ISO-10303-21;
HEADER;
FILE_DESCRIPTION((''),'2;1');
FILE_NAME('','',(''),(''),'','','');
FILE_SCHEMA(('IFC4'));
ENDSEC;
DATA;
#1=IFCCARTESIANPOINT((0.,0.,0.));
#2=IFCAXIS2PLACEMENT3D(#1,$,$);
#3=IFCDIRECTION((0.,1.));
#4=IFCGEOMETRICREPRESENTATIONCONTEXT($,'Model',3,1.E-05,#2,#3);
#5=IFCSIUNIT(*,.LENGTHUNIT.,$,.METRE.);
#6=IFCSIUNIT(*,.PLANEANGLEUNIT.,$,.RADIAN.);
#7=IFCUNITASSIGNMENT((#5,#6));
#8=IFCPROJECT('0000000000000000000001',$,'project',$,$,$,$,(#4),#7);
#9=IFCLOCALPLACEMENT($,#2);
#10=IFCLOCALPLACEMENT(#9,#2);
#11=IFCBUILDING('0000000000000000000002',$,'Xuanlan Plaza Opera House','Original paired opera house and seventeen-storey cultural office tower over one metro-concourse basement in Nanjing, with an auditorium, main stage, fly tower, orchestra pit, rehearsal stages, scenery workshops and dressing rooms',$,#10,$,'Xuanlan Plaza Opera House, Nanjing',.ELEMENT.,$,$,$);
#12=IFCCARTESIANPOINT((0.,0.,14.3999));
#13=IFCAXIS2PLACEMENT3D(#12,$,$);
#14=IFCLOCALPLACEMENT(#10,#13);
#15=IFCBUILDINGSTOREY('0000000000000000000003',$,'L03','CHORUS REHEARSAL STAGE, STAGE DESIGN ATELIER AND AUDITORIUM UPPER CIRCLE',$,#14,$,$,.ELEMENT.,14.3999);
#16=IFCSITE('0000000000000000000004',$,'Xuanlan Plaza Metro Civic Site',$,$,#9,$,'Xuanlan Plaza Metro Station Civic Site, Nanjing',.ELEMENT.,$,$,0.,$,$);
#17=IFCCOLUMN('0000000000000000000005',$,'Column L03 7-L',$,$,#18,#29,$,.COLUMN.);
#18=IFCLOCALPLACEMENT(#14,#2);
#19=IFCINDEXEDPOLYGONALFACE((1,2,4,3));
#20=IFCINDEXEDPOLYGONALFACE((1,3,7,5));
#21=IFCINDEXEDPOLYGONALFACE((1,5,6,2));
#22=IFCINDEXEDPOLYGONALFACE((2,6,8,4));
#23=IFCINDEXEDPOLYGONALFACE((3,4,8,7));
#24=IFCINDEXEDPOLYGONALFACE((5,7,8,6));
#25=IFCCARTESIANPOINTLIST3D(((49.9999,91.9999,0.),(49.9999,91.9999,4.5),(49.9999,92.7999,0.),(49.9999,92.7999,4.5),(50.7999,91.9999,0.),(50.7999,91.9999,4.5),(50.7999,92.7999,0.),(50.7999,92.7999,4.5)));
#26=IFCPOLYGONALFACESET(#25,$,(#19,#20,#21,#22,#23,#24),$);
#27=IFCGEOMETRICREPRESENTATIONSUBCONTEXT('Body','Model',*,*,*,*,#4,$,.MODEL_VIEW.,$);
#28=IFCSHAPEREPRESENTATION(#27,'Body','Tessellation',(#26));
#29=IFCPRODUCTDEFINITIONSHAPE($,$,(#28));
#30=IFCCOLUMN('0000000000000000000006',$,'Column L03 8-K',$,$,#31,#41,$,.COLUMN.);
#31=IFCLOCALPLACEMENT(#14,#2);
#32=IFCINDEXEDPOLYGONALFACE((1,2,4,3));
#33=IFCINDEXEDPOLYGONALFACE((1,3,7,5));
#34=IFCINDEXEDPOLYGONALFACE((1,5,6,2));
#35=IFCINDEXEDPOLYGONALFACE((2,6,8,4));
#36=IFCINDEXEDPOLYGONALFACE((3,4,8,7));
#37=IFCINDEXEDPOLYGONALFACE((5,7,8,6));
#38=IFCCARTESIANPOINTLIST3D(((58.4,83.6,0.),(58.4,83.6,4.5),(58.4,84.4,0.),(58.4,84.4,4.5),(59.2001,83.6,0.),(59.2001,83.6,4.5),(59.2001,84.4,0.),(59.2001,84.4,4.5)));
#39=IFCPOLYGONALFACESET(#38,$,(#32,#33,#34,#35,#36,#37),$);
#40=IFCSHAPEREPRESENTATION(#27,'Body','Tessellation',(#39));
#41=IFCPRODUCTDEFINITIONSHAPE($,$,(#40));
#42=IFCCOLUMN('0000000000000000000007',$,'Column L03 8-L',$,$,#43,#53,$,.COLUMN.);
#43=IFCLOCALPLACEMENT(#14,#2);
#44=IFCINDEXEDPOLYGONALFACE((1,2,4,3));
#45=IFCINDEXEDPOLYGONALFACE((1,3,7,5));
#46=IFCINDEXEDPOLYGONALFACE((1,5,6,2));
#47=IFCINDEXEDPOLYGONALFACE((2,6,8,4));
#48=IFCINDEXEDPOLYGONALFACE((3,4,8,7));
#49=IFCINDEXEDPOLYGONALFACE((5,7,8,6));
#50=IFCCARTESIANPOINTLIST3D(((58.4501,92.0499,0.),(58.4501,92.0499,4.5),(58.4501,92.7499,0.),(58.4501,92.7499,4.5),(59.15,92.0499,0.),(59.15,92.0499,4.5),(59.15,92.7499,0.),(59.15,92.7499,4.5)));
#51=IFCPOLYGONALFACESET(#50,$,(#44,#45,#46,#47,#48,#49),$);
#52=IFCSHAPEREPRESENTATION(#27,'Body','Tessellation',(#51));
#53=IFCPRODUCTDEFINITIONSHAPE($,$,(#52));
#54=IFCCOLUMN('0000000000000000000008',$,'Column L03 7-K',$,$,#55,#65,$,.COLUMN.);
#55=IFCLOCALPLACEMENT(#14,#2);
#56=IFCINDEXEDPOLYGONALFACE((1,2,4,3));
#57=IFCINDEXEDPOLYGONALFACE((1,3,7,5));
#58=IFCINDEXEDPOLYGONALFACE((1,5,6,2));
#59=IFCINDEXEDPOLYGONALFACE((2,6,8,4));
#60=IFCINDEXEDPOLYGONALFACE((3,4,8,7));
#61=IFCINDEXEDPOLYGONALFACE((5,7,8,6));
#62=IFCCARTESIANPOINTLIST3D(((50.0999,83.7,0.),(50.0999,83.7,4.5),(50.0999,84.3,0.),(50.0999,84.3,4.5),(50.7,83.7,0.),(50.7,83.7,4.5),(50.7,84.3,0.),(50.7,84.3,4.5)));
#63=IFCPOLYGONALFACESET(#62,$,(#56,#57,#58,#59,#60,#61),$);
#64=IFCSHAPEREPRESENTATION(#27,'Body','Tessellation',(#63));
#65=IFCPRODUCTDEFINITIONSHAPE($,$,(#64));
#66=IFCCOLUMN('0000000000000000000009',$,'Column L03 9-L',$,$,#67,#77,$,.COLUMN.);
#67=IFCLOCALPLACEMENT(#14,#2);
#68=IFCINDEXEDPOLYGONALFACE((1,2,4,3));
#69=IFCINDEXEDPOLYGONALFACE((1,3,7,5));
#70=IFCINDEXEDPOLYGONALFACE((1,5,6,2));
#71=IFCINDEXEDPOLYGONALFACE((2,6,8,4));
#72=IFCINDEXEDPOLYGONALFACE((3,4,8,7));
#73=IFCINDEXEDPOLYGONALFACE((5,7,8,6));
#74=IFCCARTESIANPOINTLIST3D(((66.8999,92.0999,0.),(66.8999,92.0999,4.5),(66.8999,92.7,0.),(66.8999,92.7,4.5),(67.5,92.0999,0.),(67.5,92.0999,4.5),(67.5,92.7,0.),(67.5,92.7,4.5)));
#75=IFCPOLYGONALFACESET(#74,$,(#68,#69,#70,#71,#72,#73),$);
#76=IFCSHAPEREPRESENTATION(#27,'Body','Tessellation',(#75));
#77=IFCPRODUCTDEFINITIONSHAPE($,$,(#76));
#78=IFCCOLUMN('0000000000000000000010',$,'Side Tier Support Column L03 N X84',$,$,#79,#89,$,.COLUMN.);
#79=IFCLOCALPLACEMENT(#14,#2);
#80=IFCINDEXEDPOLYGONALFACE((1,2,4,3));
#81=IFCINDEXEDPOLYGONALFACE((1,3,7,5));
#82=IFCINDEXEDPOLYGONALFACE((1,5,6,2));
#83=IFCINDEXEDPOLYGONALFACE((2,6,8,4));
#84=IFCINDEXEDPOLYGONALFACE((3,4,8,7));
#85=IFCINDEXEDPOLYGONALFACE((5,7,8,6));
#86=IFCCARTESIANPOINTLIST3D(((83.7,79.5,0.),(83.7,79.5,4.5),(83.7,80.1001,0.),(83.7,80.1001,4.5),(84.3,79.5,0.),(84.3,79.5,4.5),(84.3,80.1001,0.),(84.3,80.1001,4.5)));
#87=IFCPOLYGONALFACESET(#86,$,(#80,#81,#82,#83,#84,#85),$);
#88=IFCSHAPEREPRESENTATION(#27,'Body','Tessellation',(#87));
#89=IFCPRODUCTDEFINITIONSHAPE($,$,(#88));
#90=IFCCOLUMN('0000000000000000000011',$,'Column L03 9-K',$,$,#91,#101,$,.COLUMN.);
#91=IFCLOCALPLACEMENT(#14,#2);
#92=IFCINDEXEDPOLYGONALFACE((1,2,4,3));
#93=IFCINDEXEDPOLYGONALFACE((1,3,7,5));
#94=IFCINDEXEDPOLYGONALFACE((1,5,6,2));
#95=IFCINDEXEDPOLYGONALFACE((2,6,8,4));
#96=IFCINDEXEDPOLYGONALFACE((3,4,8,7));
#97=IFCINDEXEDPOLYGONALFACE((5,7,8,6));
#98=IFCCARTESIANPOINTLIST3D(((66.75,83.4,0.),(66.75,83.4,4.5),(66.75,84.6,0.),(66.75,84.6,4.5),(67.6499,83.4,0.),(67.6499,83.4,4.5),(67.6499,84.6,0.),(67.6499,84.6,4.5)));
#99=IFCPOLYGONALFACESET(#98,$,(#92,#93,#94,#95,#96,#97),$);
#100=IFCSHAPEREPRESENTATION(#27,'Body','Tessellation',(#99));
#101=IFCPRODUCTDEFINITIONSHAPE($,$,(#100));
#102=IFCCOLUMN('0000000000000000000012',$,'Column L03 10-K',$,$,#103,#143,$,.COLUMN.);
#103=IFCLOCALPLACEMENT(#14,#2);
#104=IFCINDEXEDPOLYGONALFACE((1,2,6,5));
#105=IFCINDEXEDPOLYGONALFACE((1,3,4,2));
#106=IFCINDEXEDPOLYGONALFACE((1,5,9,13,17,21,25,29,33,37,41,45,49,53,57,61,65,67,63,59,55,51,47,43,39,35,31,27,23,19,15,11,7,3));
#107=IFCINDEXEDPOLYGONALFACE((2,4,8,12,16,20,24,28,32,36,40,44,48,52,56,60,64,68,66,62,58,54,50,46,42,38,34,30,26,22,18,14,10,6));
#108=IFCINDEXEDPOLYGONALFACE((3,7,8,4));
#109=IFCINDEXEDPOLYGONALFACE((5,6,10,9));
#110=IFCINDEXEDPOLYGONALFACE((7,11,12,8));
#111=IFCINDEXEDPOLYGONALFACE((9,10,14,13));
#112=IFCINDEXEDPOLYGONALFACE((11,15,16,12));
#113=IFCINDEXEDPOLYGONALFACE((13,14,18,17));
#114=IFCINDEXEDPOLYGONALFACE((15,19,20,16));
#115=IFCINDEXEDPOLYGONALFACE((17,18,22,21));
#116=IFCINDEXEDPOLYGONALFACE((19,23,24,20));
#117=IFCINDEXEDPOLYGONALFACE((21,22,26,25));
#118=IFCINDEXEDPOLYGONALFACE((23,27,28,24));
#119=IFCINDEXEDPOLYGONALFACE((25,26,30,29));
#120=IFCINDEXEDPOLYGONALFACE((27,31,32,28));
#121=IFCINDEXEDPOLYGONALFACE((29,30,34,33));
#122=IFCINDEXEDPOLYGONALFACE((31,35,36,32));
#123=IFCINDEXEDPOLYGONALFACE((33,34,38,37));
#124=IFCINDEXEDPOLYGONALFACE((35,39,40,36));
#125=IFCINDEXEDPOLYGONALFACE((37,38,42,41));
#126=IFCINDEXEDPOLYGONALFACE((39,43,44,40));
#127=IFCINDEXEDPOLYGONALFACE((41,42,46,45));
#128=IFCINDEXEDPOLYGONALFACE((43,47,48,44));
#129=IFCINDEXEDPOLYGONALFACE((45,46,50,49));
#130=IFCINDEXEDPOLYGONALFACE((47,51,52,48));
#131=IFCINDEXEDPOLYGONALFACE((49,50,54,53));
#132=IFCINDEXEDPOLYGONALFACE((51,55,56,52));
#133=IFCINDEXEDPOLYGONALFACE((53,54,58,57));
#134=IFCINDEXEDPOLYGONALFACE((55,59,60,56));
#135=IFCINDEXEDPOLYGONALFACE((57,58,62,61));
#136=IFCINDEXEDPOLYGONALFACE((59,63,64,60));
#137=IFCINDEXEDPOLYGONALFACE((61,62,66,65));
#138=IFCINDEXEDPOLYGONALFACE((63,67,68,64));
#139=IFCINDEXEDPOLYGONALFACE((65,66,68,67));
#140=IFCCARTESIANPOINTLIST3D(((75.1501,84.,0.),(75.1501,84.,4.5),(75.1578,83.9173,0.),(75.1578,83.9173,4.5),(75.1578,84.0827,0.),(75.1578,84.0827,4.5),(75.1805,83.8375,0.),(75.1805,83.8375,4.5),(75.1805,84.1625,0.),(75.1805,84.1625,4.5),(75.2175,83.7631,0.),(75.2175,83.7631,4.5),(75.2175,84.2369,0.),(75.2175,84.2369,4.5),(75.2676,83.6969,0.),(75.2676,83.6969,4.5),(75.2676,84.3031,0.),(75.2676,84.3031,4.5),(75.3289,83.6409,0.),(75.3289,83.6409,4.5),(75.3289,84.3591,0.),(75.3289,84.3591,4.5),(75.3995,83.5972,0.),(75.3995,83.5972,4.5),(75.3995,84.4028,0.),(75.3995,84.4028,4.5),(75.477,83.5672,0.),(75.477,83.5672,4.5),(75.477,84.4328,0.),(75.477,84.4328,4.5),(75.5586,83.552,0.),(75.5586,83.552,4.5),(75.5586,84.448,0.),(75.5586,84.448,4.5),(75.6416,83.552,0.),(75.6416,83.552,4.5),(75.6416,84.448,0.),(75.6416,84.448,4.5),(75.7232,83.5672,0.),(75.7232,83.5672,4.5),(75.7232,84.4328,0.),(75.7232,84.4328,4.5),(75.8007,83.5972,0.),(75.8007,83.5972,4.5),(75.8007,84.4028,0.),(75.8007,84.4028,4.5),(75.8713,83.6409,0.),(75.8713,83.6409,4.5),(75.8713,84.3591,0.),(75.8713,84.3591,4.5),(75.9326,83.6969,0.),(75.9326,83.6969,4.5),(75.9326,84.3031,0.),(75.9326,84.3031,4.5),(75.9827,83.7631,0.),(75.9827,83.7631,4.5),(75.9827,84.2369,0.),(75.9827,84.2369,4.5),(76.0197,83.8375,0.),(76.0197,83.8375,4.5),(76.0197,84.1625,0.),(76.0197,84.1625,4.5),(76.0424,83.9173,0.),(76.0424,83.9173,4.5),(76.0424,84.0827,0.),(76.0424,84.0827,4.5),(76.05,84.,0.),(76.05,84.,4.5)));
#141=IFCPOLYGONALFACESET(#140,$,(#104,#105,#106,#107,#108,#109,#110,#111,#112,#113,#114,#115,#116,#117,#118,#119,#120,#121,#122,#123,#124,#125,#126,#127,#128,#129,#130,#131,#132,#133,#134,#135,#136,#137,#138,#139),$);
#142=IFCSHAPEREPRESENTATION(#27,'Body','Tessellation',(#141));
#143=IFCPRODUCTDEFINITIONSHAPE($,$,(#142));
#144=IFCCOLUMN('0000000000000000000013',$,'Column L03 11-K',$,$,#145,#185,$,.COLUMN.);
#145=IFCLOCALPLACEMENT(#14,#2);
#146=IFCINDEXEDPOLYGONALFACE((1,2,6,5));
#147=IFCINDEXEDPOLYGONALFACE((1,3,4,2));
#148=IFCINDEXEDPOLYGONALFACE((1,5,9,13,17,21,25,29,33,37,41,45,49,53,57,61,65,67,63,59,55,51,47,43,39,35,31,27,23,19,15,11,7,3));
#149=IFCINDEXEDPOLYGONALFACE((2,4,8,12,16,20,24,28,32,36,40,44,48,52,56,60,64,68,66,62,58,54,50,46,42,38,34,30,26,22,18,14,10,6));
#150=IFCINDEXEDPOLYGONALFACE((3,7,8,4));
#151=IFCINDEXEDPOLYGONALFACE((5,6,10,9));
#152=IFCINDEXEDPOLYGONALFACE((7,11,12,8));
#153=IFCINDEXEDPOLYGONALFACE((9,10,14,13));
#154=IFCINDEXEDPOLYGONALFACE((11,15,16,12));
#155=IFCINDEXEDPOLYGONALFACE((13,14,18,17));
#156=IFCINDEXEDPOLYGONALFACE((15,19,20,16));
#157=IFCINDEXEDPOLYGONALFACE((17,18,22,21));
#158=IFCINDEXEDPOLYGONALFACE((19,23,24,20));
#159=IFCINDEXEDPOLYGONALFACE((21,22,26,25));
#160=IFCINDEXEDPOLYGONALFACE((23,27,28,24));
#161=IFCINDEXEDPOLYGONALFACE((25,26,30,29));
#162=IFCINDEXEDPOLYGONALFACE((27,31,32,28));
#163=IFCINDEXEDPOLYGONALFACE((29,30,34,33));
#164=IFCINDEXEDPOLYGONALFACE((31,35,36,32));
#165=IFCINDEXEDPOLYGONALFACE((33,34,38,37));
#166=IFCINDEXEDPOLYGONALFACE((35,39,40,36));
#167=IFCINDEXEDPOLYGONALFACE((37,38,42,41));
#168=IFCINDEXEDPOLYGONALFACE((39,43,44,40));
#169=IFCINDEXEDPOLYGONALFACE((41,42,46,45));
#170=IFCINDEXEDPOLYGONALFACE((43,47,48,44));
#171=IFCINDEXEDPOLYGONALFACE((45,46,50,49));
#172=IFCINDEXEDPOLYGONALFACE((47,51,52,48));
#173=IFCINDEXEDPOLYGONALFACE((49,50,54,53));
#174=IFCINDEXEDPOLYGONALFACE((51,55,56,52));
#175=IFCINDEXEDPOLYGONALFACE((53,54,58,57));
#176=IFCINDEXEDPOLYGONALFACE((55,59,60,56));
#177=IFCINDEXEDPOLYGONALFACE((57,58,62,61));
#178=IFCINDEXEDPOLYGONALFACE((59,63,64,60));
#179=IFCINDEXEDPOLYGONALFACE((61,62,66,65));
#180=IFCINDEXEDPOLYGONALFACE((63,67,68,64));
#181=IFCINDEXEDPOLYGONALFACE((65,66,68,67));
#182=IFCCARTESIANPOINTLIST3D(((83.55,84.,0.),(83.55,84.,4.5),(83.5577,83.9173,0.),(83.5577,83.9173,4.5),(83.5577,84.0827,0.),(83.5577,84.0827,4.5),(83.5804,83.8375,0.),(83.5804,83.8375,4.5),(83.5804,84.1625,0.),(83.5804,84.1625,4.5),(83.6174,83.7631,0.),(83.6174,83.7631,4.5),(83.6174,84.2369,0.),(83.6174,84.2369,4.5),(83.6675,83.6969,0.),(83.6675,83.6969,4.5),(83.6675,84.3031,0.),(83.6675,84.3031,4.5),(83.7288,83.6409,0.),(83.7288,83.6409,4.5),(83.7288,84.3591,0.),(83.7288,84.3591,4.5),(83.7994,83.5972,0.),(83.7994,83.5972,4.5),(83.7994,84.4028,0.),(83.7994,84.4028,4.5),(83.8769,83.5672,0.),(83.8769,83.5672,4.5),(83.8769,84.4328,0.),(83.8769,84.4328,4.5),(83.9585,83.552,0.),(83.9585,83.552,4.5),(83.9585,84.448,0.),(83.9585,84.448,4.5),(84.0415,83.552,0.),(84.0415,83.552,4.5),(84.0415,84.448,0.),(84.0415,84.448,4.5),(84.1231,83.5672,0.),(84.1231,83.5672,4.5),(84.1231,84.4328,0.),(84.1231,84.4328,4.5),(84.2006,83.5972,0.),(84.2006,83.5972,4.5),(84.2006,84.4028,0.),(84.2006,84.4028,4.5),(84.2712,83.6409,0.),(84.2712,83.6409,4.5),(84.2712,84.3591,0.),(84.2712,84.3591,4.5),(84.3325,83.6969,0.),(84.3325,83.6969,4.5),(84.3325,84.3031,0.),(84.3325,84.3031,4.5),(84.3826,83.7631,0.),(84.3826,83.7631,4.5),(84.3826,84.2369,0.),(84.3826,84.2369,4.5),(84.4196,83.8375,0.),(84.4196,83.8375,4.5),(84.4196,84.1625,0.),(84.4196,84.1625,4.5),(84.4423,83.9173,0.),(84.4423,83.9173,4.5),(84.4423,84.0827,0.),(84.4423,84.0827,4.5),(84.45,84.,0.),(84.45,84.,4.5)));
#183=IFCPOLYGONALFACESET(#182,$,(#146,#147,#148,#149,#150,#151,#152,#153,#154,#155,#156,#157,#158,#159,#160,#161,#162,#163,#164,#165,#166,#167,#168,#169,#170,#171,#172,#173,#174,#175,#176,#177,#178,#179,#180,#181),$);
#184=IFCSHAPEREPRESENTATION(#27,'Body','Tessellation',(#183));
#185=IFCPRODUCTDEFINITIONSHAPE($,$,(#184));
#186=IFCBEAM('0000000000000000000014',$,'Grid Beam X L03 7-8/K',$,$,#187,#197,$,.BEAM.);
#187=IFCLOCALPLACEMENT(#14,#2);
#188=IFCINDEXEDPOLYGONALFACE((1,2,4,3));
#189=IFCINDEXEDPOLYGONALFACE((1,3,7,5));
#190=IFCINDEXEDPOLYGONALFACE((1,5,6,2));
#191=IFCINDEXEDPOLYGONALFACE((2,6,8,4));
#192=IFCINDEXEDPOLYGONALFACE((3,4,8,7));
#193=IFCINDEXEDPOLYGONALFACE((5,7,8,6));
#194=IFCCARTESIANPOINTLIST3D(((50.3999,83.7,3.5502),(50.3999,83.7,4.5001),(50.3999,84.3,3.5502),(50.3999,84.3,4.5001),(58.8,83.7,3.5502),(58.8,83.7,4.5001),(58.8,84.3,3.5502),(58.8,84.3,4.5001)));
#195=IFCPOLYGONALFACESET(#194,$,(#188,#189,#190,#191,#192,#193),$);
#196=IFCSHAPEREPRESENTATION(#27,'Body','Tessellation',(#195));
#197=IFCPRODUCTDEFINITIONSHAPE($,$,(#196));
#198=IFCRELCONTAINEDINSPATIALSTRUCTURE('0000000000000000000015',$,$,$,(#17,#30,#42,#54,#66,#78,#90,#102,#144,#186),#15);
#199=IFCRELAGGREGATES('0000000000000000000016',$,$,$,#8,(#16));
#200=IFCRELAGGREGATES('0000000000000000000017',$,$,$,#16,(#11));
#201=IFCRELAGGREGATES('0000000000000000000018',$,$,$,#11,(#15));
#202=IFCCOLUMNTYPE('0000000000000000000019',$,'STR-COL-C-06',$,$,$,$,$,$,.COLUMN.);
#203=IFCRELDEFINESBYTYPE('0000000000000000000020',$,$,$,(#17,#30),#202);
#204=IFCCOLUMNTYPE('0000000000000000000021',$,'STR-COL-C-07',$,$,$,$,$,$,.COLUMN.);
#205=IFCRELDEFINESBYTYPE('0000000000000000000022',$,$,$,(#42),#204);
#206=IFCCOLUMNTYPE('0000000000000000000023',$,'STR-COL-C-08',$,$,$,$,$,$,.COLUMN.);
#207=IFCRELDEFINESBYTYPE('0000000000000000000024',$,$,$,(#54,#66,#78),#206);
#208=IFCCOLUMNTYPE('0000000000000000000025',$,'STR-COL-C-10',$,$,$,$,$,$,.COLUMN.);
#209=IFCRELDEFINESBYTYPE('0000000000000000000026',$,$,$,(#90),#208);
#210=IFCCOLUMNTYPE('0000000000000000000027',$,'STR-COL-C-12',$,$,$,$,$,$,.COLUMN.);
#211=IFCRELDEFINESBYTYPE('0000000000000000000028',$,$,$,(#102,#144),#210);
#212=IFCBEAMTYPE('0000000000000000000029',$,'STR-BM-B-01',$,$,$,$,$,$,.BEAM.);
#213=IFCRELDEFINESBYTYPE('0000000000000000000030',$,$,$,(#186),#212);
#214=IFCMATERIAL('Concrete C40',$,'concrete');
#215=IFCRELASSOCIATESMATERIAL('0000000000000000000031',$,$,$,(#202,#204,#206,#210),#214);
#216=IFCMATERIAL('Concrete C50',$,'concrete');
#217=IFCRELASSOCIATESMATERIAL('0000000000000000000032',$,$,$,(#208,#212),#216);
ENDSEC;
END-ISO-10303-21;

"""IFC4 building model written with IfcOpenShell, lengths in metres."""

from ifc_helpers import new_model, si_unit, direction, frame, origin, origin_2d, place, context, subcontext, project, spatial, rectangle, circle, extrude, material, material_profile, profile_set, type_object, element, save


model = new_model("IFC4")

# Units and contexts
model_context = context("Model", 3, precision=1e-05, world=origin(), true_north=direction((0.0, 1.0)))
body_context = subcontext(model_context, "Body", "Model", "MODEL_VIEW")
ifc_project = project(units=[si_unit("LENGTHUNIT", "METRE"), si_unit("PLANEANGLEUNIT", "RADIAN")], contexts=[model_context])

# Site, building, storey
site_placement = place(None, origin())
site = spatial("IfcSite", under=ifc_project, at=site_placement, Name="Xuanlan Plaza Metro Civic Site", LongName="Xuanlan Plaza Metro Station Civic Site, Nanjing", CompositionType="ELEMENT", RefElevation=0.0)
building_placement = place(site_placement, origin())
building = spatial("IfcBuilding", under=site, at=building_placement, Name="Xuanlan Plaza Opera House", Description="Original paired opera house and seventeen-storey cultural office tower over one metro-concourse basement in Nanjing, with an auditorium, main stage, fly tower, orchestra pit, rehearsal stages, scenery workshops and dressing rooms", LongName="Xuanlan Plaza Opera House, Nanjing", CompositionType="ELEMENT")
storey_placement = place(building_placement, frame((0.0, 0.0, 14.3999)))
storey = spatial("IfcBuildingStorey", under=building, at=storey_placement, Name="L03", Description="CHORUS REHEARSAL STAGE, STAGE DESIGN ATELIER AND AUDITORIUM UPPER CIRCLE", CompositionType="ELEMENT", Elevation=14.3999)

# Columns
ifc_material_1 = material(Name="Concrete C40", Category="concrete")
ifc_material_profile_1 = material_profile(ifc_material_1, rectangle(XDim=0.8, YDim=0.8, at=origin_2d()), Name="RC-COL 800x800")
ifc_profile_set_1 = profile_set([ifc_material_profile_1], Name="Concrete C40")
column_type_1 = type_object("IfcColumnType", Name="STR-COL-C-06", PredefinedType="COLUMN", material=ifc_profile_set_1)
for number, where, z_axis, x_axis, name in (
    (1, (50.3999, 92.3999, 0.0), (0.0, 0.0, 1.0), (1.0, 0.0, 0.0), "Column L03 7-L"),
    (2, (58.8, 84.0, 0.0), (0.0, 0.0, 1.0), (1.0, 0.0, 0.0), "Column L03 8-K"),
):
    element("IfcColumn", number, at=place(storey_placement, frame(where, z_axis=z_axis, x_axis=x_axis)), inside=storey, type_object=column_type_1, Name=name, PredefinedType="COLUMN", context=body_context, shape_type="SweptSolid", body=[
        extrude(rectangle(XDim=0.8, YDim=0.8, at=origin_2d()), origin(), (0.0, 0.0, 1.0), 4.5),
    ])
ifc_material_profile_2 = material_profile(ifc_material_1, rectangle(XDim=0.7, YDim=0.7, at=origin_2d()), Name="RC-COL 700x700")
ifc_profile_set_2 = profile_set([ifc_material_profile_2], Name="Concrete C40")
column_type_2 = type_object("IfcColumnType", Name="STR-COL-C-07", PredefinedType="COLUMN", material=ifc_profile_set_2)
column_1_placement = place(storey_placement, frame((58.8, 92.3999, 0.0), z_axis=(0.0, 0.0, 1.0), x_axis=(1.0, 0.0, 0.0)))
element("IfcColumn", 3, at=column_1_placement, inside=storey, type_object=column_type_2, Name="Column L03 8-L", PredefinedType="COLUMN", context=body_context, shape_type="SweptSolid", body=[
    extrude(rectangle(XDim=0.7, YDim=0.7, at=origin_2d()), origin(), (0.0, 0.0, 1.0), 4.5),
])
ifc_material_profile_3 = material_profile(ifc_material_1, rectangle(XDim=0.6001, YDim=0.6001, at=origin_2d()), Name="RC-COL 600x600")
ifc_profile_set_3 = profile_set([ifc_material_profile_3], Name="Concrete C40")
column_type_3 = type_object("IfcColumnType", Name="STR-COL-C-08", PredefinedType="COLUMN", material=ifc_profile_set_3)
for number, where, z_axis, x_axis, name in (
    (4, (50.3999, 84.0, 0.0), (0.0, 0.0, 1.0), (1.0, 0.0, 0.0), "Column L03 7-K"),
    (5, (67.2, 92.3999, 0.0), (0.0, 0.0, 1.0), (1.0, 0.0, 0.0), "Column L03 9-L"),
    (6, (84.0, 79.8, 0.0), (0.0, 0.0, 1.0), (1.0, 0.0, 0.0), "Side Tier Support Column L03 N X84"),
):
    element("IfcColumn", number, at=place(storey_placement, frame(where, z_axis=z_axis, x_axis=x_axis)), inside=storey, type_object=column_type_3, Name=name, PredefinedType="COLUMN", context=body_context, shape_type="SweptSolid", body=[
        extrude(rectangle(XDim=0.6001, YDim=0.6001, at=origin_2d()), origin(), (0.0, 0.0, 1.0), 4.5),
    ])
ifc_material_2 = material(Name="Concrete C50", Category="concrete")
ifc_material_profile_4 = material_profile(ifc_material_2, rectangle(XDim=0.8999, YDim=1.2, at=origin_2d()), Name="RC-COL 900x1200")
ifc_profile_set_4 = profile_set([ifc_material_profile_4], Name="Concrete C50")
column_type_4 = type_object("IfcColumnType", Name="STR-COL-C-10", PredefinedType="COLUMN", material=ifc_profile_set_4)
column_2_placement = place(storey_placement, frame((67.2, 84.0, 0.0), z_axis=(0.0, 0.0, 1.0), x_axis=(1.0, 0.0, 0.0)))
element("IfcColumn", 7, at=column_2_placement, inside=storey, type_object=column_type_4, Name="Column L03 9-K", PredefinedType="COLUMN", context=body_context, shape_type="SweptSolid", body=[
    extrude(rectangle(XDim=0.8999, YDim=1.2, at=origin_2d()), origin(), (0.0, 0.0, 1.0), 4.5),
])
ifc_material_profile_5 = material_profile(ifc_material_1, circle(Radius=0.45, at=origin_2d()), Name="RC-COL D900")
ifc_profile_set_5 = profile_set([ifc_material_profile_5], Name="Concrete C40")
column_type_5 = type_object("IfcColumnType", Name="STR-COL-C-12", PredefinedType="COLUMN", material=ifc_profile_set_5)
for number, where, z_axis, x_axis, name in (
    (8, (75.6001, 84.0, 0.0), (0.0, 0.0, 1.0), (1.0, 0.0, 0.0), "Column L03 10-K"),
    (9, (84.0, 84.0, 0.0), (0.0, 0.0, 1.0), (1.0, 0.0, 0.0), "Column L03 11-K"),
):
    element("IfcColumn", number, at=place(storey_placement, frame(where, z_axis=z_axis, x_axis=x_axis)), inside=storey, type_object=column_type_5, Name=name, PredefinedType="COLUMN", context=body_context, shape_type="SweptSolid", body=[
        extrude(circle(Radius=0.45, at=origin_2d()), origin(), (0.0, 0.0, 1.0), 4.5),
    ])

# Beam
ifc_material_profile_6 = material_profile(ifc_material_2, rectangle(XDim=0.6001, YDim=0.95, at=origin_2d()), Name="RC-BM 600x950")
ifc_profile_set_6 = profile_set([ifc_material_profile_6], Name="Concrete C50")
beam_type_1 = type_object("IfcBeamType", Name="STR-BM-B-01", PredefinedType="BEAM", material=ifc_profile_set_6)
beam_1_placement = place(storey_placement, frame((50.3999, 84.0, 4.0251), z_axis=(1.0, 0.0, 0.0), x_axis=(0.0, 1.0, 0.0)))
element("IfcBeam", 10, at=beam_1_placement, inside=storey, type_object=beam_type_1, Name="Grid Beam X L03 7-8/K", PredefinedType="BEAM", context=body_context, shape_type="SweptSolid", body=[
    extrude(rectangle(XDim=0.6001, YDim=0.95, at=origin_2d()), origin(), (0.0, 0.0, 1.0), 8.4001),
])

save(model, "model.ifc")
